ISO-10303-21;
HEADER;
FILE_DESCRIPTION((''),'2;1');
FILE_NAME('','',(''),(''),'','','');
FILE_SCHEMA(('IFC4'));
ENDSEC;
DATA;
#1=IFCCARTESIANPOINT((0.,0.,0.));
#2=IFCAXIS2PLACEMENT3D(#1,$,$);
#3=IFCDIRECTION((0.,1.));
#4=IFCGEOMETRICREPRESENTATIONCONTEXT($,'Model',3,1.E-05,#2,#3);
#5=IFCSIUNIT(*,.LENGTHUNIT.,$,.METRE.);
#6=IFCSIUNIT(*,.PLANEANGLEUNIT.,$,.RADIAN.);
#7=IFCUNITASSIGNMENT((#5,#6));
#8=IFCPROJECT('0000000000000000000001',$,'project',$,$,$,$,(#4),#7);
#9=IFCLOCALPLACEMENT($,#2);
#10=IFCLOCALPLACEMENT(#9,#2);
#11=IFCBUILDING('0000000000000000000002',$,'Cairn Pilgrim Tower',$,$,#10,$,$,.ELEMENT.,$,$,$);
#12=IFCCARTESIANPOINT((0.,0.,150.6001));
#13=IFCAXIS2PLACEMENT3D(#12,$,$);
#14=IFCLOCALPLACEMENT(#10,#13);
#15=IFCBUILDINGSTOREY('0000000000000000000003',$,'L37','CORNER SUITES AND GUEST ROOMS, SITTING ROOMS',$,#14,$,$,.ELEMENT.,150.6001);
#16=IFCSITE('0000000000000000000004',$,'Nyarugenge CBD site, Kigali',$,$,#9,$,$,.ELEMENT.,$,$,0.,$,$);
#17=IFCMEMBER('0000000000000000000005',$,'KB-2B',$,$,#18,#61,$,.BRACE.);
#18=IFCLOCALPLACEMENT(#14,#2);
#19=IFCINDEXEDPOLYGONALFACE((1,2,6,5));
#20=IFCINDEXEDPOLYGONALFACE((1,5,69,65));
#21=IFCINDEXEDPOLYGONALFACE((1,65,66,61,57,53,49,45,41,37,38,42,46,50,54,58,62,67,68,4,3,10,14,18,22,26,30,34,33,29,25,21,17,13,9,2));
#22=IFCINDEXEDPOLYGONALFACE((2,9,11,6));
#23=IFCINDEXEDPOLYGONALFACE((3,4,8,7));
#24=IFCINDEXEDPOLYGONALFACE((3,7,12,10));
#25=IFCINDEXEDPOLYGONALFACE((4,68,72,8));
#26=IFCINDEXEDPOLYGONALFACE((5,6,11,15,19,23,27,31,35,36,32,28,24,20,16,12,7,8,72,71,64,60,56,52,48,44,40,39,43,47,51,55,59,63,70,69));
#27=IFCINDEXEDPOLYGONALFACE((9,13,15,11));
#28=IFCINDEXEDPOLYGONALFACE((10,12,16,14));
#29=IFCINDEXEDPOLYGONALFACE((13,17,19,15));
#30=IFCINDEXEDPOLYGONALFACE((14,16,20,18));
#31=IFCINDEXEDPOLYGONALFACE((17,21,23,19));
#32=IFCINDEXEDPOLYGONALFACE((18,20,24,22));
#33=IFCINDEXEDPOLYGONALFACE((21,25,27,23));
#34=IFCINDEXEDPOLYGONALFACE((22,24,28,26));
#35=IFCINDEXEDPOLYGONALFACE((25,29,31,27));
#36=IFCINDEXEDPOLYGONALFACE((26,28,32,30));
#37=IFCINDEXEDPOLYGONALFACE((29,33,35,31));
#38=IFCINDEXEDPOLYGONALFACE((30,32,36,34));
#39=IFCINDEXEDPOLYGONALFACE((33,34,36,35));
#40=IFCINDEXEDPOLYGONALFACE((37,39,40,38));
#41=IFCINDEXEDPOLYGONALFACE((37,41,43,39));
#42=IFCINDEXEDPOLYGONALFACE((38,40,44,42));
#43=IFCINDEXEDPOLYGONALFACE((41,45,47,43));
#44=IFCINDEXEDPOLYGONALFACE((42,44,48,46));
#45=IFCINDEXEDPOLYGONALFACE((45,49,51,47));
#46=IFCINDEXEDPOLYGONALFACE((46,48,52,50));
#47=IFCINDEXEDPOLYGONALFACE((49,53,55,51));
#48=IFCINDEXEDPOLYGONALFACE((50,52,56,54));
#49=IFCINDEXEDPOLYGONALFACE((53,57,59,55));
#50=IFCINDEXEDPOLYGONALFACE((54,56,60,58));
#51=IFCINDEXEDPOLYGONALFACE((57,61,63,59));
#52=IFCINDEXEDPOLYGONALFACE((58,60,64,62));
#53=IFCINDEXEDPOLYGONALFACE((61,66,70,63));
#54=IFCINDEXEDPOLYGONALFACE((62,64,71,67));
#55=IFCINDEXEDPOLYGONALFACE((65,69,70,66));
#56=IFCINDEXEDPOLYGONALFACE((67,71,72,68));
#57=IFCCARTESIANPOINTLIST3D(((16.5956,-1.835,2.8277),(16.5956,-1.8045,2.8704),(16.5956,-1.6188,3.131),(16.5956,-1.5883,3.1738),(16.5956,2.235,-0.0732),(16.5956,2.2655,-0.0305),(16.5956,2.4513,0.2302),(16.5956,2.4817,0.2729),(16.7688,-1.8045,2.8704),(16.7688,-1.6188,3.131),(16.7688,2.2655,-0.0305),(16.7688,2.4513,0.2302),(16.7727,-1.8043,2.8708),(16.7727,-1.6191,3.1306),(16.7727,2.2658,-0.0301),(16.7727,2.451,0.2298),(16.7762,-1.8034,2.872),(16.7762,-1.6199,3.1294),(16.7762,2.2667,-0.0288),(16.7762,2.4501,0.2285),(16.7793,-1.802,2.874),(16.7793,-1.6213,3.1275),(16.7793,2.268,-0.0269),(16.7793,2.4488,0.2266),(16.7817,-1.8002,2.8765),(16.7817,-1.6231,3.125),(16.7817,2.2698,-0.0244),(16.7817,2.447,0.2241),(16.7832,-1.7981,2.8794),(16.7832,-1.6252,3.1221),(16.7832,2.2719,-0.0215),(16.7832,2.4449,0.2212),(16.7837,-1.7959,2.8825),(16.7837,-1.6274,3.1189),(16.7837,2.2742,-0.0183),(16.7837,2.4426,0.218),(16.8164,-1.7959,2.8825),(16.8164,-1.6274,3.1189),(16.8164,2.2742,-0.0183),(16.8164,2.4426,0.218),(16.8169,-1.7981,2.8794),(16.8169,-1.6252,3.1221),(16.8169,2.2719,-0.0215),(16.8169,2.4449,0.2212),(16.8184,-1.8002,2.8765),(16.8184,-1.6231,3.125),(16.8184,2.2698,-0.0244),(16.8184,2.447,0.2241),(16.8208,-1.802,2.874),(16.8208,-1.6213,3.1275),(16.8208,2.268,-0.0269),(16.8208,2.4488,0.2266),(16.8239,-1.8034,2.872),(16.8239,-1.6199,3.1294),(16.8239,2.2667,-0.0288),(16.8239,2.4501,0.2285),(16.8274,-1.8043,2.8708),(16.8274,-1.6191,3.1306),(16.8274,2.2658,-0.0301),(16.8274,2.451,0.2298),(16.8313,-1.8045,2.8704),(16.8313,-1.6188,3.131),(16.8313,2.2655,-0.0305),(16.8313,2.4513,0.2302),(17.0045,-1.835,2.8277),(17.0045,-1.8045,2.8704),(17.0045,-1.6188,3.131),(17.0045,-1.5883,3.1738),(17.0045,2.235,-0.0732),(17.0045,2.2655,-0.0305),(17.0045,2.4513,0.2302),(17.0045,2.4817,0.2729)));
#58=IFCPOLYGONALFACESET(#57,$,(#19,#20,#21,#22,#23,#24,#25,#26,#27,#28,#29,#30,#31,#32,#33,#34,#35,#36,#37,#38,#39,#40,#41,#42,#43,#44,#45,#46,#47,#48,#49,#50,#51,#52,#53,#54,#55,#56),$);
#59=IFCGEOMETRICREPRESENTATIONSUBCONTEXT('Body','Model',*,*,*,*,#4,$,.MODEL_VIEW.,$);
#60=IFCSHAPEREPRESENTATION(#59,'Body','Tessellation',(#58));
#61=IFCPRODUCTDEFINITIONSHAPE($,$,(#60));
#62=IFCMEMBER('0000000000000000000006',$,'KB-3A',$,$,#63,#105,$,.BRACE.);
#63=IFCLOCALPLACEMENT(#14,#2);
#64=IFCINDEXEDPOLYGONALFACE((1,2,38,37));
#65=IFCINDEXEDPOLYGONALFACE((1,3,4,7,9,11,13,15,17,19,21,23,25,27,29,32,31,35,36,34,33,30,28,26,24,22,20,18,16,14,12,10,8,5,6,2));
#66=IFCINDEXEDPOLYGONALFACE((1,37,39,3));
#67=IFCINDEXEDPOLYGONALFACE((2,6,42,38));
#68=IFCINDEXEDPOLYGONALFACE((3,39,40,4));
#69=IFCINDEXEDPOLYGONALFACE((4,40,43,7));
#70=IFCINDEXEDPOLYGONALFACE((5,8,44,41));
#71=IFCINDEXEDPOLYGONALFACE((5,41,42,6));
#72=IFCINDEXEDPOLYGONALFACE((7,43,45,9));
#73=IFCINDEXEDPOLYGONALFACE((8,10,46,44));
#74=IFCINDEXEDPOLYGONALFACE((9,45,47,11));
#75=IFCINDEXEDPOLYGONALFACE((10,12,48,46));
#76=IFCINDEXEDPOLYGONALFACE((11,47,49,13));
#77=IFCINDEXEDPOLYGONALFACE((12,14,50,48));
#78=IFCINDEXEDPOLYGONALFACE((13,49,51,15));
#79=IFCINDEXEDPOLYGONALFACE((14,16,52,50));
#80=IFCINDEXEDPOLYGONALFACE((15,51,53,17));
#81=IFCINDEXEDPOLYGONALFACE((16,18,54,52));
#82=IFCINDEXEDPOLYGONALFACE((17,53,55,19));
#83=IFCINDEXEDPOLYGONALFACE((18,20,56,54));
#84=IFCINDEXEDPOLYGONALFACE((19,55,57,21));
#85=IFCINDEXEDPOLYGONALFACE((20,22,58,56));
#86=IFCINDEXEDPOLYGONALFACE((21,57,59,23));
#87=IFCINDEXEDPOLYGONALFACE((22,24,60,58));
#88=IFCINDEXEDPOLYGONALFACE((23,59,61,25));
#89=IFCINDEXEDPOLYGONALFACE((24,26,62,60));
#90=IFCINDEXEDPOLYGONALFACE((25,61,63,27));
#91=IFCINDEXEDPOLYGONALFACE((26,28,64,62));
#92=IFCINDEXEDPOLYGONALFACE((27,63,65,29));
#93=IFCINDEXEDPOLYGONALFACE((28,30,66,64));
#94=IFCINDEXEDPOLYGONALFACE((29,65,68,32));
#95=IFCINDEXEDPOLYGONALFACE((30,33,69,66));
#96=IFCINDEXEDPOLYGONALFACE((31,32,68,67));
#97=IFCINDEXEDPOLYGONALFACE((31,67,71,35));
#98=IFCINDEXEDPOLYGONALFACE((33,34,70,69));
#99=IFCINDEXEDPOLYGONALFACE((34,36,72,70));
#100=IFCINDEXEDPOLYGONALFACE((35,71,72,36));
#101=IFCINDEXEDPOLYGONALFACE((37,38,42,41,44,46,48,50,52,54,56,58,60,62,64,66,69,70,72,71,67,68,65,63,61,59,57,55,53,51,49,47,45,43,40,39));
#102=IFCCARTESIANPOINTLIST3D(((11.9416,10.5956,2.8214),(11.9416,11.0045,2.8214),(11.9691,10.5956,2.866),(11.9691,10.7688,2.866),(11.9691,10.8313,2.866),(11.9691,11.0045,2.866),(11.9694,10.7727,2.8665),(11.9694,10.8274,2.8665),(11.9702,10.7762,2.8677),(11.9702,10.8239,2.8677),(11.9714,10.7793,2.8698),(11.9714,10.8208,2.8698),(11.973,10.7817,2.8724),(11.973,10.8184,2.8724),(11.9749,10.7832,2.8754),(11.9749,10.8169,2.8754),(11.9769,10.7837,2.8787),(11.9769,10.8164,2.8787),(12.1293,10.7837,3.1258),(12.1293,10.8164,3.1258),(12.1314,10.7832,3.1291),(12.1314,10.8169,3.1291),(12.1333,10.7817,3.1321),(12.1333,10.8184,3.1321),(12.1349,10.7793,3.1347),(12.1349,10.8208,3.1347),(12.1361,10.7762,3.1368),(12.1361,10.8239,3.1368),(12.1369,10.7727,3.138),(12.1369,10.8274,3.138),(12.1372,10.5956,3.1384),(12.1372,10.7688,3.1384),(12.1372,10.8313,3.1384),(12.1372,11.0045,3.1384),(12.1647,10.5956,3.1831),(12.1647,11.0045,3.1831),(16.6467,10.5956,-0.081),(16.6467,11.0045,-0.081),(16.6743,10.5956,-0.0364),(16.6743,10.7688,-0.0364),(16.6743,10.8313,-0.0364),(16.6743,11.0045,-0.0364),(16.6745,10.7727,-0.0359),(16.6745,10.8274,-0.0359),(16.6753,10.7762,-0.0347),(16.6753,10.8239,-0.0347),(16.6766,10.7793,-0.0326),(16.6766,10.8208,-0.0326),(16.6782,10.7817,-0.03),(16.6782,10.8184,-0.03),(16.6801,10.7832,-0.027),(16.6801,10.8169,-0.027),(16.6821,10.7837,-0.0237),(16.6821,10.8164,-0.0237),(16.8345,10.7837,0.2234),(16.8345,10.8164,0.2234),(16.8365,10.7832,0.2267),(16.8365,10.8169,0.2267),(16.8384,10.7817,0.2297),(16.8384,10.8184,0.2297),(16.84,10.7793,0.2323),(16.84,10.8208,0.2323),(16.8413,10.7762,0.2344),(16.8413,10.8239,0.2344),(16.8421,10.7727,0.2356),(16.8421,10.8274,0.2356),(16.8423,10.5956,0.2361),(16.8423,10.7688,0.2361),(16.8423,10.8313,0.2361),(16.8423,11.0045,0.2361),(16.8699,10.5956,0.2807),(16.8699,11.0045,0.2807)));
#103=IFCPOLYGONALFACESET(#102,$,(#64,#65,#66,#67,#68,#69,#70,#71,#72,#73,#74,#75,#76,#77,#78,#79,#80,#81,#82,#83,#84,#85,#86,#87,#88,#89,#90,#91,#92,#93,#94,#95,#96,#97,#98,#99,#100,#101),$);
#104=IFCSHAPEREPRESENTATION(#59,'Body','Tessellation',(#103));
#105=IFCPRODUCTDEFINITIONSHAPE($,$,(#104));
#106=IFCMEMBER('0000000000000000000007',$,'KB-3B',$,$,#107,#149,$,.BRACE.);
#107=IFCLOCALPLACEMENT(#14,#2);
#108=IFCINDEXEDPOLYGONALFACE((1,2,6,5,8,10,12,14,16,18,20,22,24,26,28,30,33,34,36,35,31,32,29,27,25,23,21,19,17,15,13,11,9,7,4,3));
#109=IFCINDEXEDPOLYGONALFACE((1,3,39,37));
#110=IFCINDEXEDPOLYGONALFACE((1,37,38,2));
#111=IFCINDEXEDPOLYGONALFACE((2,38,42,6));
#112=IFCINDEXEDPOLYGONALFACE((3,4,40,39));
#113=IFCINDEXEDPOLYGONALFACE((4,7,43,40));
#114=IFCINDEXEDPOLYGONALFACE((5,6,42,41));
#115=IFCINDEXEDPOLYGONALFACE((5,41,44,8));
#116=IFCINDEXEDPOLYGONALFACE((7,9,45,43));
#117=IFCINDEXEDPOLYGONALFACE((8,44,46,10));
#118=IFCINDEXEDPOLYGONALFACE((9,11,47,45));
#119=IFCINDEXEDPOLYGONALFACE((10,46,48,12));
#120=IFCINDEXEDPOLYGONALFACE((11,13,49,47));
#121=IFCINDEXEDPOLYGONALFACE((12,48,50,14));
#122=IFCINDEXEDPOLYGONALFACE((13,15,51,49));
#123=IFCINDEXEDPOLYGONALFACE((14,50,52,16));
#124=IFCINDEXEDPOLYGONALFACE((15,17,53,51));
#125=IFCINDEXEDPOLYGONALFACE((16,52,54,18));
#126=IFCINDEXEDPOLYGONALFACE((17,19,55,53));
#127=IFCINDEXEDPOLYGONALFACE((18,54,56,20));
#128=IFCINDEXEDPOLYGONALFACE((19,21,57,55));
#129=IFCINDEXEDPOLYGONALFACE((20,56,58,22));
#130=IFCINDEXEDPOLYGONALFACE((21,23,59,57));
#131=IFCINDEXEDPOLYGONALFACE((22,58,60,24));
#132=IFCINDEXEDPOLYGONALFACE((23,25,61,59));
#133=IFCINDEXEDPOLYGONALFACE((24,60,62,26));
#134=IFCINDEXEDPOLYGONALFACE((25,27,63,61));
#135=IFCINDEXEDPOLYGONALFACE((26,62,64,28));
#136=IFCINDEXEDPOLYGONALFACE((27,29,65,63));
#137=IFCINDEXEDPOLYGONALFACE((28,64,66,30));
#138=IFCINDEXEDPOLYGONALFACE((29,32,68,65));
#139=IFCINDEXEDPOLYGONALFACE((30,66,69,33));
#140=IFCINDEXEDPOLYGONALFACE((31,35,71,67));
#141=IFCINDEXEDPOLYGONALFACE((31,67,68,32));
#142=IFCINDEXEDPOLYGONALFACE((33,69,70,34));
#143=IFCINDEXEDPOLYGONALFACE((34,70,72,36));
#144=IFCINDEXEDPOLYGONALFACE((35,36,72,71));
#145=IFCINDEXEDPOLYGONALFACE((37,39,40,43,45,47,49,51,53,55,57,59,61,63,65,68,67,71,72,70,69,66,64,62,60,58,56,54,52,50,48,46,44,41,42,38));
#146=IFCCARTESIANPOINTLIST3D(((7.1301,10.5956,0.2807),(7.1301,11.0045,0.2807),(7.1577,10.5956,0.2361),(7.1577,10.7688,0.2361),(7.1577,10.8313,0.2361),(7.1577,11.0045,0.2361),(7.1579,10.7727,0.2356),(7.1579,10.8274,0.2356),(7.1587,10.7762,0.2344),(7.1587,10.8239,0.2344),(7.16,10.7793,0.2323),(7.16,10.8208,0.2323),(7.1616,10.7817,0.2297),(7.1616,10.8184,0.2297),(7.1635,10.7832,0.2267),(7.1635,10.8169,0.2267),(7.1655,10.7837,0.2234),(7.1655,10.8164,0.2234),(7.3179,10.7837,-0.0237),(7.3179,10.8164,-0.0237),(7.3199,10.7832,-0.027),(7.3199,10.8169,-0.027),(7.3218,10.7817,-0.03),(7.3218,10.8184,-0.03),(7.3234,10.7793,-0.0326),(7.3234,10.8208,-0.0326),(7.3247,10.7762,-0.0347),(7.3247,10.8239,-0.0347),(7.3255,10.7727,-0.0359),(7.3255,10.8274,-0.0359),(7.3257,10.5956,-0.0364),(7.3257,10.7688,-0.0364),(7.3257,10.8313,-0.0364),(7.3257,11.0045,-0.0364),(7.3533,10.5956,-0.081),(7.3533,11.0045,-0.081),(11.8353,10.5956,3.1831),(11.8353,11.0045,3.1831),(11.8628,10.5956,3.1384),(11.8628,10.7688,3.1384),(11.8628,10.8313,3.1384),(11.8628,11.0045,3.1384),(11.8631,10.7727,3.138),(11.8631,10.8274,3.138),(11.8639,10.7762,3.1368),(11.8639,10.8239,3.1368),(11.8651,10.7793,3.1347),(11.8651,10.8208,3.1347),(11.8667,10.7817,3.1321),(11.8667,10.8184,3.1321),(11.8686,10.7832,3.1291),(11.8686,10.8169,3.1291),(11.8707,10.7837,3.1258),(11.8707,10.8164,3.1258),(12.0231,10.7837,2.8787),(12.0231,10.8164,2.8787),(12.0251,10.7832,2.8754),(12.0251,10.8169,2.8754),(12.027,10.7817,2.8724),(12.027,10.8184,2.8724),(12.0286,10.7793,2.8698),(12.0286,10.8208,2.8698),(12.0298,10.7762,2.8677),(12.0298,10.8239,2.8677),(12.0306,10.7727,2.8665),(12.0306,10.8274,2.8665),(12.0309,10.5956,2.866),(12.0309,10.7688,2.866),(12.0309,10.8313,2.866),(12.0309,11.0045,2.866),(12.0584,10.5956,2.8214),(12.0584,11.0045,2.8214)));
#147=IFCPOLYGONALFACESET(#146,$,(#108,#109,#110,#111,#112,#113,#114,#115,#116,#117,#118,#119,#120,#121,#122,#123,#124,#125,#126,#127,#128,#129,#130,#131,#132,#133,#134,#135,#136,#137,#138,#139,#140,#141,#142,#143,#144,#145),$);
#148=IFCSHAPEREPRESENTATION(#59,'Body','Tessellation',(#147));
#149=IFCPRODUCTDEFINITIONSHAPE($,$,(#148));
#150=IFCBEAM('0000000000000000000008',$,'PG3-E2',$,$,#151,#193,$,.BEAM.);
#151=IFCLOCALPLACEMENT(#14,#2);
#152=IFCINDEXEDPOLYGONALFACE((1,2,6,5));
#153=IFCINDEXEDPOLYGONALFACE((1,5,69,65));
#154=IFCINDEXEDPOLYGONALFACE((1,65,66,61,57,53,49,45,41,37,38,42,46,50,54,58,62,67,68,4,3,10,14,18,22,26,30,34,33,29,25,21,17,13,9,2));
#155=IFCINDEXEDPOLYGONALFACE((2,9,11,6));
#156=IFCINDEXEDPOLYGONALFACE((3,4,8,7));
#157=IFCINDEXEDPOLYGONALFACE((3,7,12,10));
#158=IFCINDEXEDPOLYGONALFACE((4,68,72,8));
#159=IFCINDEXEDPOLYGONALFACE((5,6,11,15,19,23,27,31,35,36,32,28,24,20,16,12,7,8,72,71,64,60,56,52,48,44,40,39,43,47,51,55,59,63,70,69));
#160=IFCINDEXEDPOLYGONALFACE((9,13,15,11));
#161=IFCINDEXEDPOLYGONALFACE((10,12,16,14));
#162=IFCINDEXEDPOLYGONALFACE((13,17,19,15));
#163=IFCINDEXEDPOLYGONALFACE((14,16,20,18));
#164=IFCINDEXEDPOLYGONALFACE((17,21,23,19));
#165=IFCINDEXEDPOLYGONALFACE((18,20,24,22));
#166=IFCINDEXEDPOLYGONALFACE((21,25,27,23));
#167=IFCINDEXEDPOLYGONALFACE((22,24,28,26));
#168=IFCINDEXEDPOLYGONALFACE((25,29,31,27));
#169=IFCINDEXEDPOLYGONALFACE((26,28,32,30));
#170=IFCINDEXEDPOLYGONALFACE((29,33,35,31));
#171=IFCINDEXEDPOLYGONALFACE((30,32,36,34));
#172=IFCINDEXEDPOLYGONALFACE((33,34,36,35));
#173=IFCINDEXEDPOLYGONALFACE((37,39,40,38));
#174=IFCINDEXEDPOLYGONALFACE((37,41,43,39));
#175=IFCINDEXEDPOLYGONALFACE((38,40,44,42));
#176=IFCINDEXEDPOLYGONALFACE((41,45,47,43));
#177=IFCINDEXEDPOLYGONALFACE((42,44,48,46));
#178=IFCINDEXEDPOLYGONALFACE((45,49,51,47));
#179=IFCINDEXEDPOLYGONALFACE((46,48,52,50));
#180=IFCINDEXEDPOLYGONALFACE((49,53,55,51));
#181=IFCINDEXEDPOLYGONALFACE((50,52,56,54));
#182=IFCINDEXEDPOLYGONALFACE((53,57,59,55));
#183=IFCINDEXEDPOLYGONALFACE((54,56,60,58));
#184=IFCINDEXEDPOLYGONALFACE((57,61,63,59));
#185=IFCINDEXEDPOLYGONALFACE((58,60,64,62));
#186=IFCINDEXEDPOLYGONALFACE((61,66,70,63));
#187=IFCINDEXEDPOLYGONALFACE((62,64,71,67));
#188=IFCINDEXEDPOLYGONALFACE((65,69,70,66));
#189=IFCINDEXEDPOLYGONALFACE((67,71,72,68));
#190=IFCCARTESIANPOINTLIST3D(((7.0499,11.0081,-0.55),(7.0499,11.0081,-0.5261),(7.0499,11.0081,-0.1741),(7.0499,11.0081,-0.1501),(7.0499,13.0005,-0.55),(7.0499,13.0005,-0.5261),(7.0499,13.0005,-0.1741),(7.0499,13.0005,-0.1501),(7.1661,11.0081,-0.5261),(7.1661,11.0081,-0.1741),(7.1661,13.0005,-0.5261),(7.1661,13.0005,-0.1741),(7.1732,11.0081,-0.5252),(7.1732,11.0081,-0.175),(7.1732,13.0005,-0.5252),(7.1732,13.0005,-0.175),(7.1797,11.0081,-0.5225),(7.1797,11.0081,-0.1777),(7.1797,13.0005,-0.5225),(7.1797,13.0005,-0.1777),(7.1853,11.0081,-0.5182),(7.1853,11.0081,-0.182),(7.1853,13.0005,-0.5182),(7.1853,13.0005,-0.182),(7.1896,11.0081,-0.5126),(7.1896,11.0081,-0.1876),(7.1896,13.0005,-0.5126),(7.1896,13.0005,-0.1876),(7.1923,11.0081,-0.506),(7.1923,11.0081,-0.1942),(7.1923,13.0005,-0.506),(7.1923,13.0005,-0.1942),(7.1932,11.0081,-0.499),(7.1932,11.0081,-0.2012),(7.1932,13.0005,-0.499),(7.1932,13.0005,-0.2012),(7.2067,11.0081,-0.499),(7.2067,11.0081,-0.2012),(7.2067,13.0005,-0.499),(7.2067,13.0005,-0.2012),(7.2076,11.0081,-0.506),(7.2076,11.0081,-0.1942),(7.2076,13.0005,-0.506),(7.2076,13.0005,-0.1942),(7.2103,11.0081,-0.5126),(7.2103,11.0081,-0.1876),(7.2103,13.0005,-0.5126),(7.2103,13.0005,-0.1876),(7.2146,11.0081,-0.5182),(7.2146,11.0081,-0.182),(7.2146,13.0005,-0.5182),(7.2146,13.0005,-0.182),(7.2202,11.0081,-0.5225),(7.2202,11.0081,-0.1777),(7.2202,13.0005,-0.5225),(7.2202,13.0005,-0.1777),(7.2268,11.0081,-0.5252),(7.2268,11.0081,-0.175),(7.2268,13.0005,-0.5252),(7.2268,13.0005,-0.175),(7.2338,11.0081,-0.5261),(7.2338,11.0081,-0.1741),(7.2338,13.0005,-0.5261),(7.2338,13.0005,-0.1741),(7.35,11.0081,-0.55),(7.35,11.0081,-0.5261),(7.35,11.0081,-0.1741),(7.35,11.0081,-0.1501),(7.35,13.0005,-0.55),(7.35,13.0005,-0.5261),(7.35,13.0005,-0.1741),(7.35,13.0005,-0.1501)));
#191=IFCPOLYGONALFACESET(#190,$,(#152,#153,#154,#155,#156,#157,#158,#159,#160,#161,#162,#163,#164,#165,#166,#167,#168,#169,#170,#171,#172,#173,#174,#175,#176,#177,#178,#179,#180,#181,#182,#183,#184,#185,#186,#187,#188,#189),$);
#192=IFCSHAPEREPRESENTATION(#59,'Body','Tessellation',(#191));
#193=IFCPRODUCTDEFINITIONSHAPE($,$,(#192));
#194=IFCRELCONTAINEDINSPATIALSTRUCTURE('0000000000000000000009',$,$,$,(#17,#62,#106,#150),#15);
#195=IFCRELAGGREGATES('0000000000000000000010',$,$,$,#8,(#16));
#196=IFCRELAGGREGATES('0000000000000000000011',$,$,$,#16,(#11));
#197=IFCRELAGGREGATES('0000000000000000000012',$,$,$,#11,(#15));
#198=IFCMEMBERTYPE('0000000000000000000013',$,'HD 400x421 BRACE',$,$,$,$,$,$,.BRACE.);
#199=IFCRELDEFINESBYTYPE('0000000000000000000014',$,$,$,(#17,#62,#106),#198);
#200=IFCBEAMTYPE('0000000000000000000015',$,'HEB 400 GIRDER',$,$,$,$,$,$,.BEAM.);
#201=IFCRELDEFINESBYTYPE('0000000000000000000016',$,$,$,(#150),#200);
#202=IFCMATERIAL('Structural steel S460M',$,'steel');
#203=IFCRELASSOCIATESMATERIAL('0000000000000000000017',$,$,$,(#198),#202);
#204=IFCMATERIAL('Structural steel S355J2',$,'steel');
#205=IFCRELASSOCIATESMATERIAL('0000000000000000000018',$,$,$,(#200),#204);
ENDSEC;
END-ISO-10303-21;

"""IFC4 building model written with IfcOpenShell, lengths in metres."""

from ifc_helpers import new_model, si_unit, direction, frame, origin, origin_2d, place, context, subcontext, project, spatial, i_section, extrude, material, material_profile, profile_set, type_object, element, save


model = new_model("IFC4")

# Units and contexts
model_context = context("Model", 3, precision=1e-05, world=origin(), true_north=direction((0.0, 1.0)))
body_context = subcontext(model_context, "Body", "Model", "MODEL_VIEW")
ifc_project = project(units=[si_unit("LENGTHUNIT", "METRE"), si_unit("PLANEANGLEUNIT", "RADIAN")], contexts=[model_context])

# Site, building, storey
site_placement = place(None, origin())
site = spatial("IfcSite", under=ifc_project, at=site_placement, Name="Nyarugenge CBD site, Kigali", CompositionType="ELEMENT", RefElevation=0.0)
building_placement = place(site_placement, origin())
building = spatial("IfcBuilding", under=site, at=building_placement, Name="Cairn Pilgrim Tower", CompositionType="ELEMENT")
storey_placement = place(building_placement, frame((0.0, 0.0, 150.6001)))
storey = spatial("IfcBuildingStorey", under=building, at=storey_placement, Name="L37", Description="CORNER SUITES AND GUEST ROOMS, SITTING ROOMS", CompositionType="ELEMENT", Elevation=150.6001)

# Shared definitions
ifc_material_1 = material(Name="Structural steel S355J2", Category="steel")
ifc_material_2 = material(Name="Structural steel S460M", Category="steel")

# Members
ifc_material_profile_1 = material_profile(ifc_material_2, i_section(OverallWidth=0.4089, OverallDepth=0.425, WebThickness=0.0327, FlangeThickness=0.0525, FilletRadius=0.0149, at=origin_2d()), Name="HD 400x421")
ifc_profile_set_1 = profile_set([ifc_material_profile_1], Name="Structural steel S460M")
member_type = type_object("IfcMemberType", Name="HD 400x421 BRACE", PredefinedType="BRACE", material=ifc_profile_set_1)
member_placement = place(storey_placement, frame((16.8, 2.3584, 0.0999), z_axis=(0.0, -0.81433, 0.580402), x_axis=(1.0, 0.0, 0.0)))
element("IfcMember", 1, at=member_placement, inside=storey, type_object=member_type, Name="KB-2B", PredefinedType="BRACE", context=body_context, shape_type="SweptSolid", body=[
    extrude(i_section(OverallWidth=0.4089, OverallDepth=0.425, WebThickness=0.0327, FlangeThickness=0.0525, FilletRadius=0.0149, at=origin_2d()), origin(), (0.0, 0.0, 1.0), 4.998),
])
for number, where, z_axis, x_axis, name in (
    (2, (16.7583, 10.8, 0.0999), (-0.8511, 0.0, 0.525004), (0.0, -1.0, 0.0), "KB-3A"),
    (3, (7.2417, 10.8, 0.0999), (0.8511, 0.0, 0.525004), (0.0, 1.0, 0.0), "KB-3B"),
):
    element("IfcMember", number, at=place(storey_placement, frame(where, z_axis=z_axis, x_axis=x_axis)), inside=storey, type_object=member_type, Name=name, PredefinedType="BRACE", context=body_context, shape_type="SweptSolid", body=[
        extrude(i_section(OverallWidth=0.4089, OverallDepth=0.425, WebThickness=0.0327, FlangeThickness=0.0525, FilletRadius=0.0149, at=origin_2d()), origin(), (0.0, 0.0, 1.0), 5.5283),
    ])

# Beam
ifc_material_profile_2 = material_profile(ifc_material_1, i_section(OverallWidth=0.3, OverallDepth=0.3999, WebThickness=0.0134, FlangeThickness=0.0239, FilletRadius=0.0271, at=origin_2d()), Name="HEB 400")
ifc_profile_set_2 = profile_set([ifc_material_profile_2], Name="Structural steel S355J2")
beam_type_1 = type_object("IfcBeamType", Name="HEB 400 GIRDER", PredefinedType="BEAM", material=ifc_profile_set_2)
beam_1_placement = place(storey_placement, frame((7.2, 11.0081, -0.3501), z_axis=(0.0, 1.0, 0.0), x_axis=(-1.0, 0.0, 0.0)))
element("IfcBeam", 4, at=beam_1_placement, inside=storey, type_object=beam_type_1, Name="PG3-E2", PredefinedType="BEAM", context=body_context, shape_type="SweptSolid", body=[
    extrude(i_section(OverallWidth=0.3, OverallDepth=0.3999, WebThickness=0.0134, FlangeThickness=0.0239, FilletRadius=0.0271, at=origin_2d()), origin(), (0.0, 0.0, 1.0), 1.9924),
])

save(model, "model.ifc")
